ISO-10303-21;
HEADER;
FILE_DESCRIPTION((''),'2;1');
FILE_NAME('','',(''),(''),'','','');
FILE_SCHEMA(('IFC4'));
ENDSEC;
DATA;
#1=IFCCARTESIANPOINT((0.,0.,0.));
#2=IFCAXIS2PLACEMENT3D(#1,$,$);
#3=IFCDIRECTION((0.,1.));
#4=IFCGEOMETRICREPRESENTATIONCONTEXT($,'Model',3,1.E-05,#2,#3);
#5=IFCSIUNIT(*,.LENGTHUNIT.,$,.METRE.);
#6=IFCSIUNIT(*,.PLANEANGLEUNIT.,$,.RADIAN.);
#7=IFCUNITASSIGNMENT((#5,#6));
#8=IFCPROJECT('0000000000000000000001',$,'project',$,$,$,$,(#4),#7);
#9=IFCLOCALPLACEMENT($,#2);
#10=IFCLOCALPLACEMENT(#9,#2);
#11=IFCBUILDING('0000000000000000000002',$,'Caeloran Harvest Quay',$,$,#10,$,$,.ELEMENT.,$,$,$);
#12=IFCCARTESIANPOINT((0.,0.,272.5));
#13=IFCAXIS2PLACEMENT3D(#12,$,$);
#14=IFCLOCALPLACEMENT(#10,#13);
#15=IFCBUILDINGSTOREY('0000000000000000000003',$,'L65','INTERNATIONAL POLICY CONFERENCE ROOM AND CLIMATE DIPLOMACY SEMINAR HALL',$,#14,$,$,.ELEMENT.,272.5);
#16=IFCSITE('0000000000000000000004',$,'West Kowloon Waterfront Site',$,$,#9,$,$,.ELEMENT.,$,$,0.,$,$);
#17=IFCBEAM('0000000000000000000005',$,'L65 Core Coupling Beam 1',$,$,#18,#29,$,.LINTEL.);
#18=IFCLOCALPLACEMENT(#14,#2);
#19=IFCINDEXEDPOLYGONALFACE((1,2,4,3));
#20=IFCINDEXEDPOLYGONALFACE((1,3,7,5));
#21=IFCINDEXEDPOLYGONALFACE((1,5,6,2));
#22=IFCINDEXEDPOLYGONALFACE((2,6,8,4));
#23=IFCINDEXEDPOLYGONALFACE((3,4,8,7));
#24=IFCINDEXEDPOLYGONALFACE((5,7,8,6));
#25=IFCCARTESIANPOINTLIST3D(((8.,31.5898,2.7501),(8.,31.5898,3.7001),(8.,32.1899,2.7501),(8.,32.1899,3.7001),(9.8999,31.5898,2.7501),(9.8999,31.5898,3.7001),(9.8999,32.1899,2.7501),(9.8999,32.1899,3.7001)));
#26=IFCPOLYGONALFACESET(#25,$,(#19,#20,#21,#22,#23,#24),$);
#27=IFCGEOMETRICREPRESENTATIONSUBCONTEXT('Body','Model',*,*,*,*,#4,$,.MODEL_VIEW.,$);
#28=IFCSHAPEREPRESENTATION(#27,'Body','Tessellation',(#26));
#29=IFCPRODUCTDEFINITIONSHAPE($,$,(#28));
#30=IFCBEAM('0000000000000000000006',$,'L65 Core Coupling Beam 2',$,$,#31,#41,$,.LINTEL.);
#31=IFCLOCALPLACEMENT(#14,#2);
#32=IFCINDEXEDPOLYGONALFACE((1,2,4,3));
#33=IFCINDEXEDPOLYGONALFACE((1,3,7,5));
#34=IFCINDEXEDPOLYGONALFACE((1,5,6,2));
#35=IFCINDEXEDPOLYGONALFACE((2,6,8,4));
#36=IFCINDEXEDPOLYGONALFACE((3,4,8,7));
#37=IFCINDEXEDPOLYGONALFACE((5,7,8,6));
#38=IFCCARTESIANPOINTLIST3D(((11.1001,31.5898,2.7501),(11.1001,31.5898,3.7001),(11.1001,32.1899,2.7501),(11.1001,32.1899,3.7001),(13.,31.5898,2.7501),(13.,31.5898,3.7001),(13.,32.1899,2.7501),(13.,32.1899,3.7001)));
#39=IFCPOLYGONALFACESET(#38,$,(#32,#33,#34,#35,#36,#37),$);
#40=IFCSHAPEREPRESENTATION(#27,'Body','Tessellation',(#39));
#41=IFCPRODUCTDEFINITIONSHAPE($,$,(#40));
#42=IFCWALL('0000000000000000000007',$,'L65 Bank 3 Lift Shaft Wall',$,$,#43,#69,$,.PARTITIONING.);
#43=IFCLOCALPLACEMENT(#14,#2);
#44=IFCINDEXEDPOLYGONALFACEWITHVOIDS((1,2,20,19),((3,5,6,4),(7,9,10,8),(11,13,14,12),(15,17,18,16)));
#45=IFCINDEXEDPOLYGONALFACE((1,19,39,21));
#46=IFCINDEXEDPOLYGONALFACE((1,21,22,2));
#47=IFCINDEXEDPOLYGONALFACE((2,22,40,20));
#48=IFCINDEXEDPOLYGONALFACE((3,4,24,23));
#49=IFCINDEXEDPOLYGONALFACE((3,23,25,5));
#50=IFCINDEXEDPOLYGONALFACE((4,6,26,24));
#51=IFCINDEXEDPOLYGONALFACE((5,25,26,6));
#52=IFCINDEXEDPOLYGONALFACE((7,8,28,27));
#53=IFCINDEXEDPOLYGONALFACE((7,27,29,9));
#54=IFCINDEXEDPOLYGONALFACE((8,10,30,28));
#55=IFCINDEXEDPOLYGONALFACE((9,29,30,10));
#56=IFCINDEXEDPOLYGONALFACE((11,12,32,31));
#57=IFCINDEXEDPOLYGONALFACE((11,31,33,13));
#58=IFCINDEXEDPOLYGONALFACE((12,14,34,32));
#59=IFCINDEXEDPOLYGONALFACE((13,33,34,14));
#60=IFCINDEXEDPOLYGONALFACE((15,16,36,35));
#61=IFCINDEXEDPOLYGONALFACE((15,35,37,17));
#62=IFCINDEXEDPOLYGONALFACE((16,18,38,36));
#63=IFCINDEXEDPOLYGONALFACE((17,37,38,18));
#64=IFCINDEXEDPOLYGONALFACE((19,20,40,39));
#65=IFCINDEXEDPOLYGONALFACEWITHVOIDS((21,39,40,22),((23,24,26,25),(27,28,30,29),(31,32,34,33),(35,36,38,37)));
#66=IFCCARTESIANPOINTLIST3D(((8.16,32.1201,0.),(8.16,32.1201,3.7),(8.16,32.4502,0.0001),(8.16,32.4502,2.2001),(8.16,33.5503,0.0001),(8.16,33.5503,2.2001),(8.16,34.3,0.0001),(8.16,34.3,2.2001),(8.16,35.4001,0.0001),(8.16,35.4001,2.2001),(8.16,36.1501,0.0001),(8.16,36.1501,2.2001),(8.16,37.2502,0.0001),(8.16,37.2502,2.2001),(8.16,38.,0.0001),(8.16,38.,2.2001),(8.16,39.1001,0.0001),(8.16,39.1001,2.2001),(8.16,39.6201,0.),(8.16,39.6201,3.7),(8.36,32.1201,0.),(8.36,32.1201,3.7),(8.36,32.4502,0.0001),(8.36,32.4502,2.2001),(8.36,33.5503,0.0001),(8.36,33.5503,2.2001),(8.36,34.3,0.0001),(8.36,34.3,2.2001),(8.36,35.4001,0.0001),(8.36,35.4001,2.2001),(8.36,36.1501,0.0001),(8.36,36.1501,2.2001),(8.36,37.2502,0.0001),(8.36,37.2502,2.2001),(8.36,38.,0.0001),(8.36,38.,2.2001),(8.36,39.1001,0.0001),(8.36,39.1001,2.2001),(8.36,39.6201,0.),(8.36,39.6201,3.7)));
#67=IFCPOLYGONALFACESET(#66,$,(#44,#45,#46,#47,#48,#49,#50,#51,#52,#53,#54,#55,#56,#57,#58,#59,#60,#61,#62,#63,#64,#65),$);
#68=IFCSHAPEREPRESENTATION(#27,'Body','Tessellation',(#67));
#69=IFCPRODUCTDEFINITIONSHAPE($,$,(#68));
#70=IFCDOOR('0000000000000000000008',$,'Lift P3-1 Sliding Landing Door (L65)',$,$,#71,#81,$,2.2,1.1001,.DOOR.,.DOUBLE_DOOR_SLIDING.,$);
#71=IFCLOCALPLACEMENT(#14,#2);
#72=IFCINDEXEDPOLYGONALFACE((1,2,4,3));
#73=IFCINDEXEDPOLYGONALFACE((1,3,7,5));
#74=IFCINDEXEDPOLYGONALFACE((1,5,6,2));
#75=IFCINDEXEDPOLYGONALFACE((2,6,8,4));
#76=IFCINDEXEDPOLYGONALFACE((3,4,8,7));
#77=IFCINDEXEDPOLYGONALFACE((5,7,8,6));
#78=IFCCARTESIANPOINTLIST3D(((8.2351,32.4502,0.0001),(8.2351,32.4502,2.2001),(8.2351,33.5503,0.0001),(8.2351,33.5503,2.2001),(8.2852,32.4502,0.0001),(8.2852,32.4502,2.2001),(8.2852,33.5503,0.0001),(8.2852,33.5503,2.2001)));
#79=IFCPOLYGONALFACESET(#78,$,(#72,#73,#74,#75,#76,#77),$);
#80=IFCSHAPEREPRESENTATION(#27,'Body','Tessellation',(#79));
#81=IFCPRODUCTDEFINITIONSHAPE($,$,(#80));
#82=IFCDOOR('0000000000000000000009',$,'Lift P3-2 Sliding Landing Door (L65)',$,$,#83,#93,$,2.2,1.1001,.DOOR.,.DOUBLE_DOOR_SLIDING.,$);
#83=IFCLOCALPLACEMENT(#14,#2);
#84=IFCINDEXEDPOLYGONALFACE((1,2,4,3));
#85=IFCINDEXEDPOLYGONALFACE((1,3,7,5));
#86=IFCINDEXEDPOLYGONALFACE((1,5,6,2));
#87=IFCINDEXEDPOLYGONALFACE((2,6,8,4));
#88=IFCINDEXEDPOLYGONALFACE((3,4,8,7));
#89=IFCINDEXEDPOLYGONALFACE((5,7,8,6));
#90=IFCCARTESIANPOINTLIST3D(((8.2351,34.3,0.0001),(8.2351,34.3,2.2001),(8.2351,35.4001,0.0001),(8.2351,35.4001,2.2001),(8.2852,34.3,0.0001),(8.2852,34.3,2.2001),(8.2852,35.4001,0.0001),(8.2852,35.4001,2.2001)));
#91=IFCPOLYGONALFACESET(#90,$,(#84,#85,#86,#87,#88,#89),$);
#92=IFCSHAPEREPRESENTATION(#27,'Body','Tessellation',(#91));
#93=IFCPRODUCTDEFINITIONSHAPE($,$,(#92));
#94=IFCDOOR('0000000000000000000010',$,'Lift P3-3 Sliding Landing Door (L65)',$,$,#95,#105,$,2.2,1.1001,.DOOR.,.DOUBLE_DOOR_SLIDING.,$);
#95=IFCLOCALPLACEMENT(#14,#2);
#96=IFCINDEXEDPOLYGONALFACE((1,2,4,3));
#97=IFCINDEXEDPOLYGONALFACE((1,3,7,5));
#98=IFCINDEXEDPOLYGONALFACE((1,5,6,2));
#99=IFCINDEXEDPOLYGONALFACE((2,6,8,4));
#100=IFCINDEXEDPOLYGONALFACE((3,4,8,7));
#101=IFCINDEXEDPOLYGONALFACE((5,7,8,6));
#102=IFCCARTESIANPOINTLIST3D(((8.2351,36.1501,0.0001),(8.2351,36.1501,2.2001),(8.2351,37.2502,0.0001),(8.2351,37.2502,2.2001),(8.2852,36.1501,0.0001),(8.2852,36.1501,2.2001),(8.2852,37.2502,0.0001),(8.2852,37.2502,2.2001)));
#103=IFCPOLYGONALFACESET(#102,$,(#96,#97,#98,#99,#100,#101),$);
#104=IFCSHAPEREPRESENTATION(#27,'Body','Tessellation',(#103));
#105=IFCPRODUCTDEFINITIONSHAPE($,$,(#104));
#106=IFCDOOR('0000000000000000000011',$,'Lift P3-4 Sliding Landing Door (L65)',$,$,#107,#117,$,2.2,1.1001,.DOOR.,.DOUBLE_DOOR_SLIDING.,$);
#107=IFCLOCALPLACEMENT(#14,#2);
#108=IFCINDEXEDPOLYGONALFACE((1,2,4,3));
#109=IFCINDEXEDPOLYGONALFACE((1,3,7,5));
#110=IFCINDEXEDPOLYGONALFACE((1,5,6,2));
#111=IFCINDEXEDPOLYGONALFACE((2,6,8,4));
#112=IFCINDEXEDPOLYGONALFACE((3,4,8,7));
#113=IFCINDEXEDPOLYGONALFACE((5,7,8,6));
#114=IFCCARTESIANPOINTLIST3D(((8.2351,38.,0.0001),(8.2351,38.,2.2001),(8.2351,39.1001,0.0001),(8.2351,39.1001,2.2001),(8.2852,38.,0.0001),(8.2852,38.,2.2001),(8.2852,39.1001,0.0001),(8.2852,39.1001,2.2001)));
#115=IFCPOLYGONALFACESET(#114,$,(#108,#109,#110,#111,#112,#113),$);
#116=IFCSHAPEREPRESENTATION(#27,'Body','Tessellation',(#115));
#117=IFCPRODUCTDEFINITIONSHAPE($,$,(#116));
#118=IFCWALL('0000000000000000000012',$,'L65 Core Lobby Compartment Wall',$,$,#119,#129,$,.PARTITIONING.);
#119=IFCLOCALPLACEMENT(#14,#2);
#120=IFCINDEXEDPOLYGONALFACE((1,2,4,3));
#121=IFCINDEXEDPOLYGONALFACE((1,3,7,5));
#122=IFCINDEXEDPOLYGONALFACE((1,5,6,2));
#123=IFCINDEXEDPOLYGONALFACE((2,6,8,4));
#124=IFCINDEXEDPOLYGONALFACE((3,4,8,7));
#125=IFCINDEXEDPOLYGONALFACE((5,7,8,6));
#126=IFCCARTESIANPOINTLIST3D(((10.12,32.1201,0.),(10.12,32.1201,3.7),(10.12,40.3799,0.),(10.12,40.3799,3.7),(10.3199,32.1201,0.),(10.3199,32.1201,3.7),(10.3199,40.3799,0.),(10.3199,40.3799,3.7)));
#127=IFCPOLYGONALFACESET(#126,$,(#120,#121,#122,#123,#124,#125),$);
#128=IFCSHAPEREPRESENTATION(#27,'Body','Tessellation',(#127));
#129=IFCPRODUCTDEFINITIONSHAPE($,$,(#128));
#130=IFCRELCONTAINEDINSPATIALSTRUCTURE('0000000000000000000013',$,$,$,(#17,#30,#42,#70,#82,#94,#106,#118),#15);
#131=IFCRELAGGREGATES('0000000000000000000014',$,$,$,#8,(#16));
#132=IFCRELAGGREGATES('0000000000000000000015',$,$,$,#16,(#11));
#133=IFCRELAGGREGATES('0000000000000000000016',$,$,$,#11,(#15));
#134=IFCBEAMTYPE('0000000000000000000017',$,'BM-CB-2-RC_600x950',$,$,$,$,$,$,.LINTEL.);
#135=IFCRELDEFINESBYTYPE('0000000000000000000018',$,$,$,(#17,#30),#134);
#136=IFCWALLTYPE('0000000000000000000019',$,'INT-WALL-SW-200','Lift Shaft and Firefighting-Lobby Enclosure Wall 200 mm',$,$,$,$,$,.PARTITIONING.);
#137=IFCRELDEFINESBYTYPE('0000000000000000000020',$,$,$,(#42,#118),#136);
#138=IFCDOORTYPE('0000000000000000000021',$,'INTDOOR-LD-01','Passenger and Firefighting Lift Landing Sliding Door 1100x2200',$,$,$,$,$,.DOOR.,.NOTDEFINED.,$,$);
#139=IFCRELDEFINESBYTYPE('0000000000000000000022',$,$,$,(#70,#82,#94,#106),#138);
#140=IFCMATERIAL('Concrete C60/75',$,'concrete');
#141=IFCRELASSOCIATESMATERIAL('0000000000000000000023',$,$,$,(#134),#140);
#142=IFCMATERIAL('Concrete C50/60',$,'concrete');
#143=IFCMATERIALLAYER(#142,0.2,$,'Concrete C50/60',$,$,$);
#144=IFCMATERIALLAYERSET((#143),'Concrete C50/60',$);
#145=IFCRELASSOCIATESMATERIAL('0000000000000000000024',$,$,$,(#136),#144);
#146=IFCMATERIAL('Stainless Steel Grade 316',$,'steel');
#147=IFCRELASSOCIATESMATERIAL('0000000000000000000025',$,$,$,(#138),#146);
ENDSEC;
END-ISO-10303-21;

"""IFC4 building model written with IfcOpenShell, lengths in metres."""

from ifc_helpers import new_model, si_unit, direction, frame, frame_2d, origin, origin_2d, place, context, subcontext, project, spatial, rectangle, extrude, material, layer, layer_set, material_profile, profile_set, type_object, element, fill, save


model = new_model("IFC4")

# Units and contexts
model_context = context("Model", 3, precision=1e-05, world=origin(), true_north=direction((0.0, 1.0)))
body_context = subcontext(model_context, "Body", "Model", "MODEL_VIEW")
ifc_project = project(units=[si_unit("LENGTHUNIT", "METRE"), si_unit("PLANEANGLEUNIT", "RADIAN")], contexts=[model_context])

# Site, building, storey
site_placement = place(None, origin())
site = spatial("IfcSite", under=ifc_project, at=site_placement, Name="West Kowloon Waterfront Site", CompositionType="ELEMENT", RefElevation=0.0)
building_placement = place(site_placement, origin())
building = spatial("IfcBuilding", under=site, at=building_placement, Name="Caeloran Harvest Quay", CompositionType="ELEMENT")
storey_placement = place(building_placement, frame((0.0, 0.0, 272.5)))
storey = spatial("IfcBuildingStorey", under=building, at=storey_placement, Name="L65", Description="INTERNATIONAL POLICY CONFERENCE ROOM AND CLIMATE DIPLOMACY SEMINAR HALL", CompositionType="ELEMENT", Elevation=272.5)

# Beams
ifc_material_1 = material(Name="Concrete C60/75", Category="concrete")
ifc_material_profile = material_profile(ifc_material_1, rectangle(XDim=0.6001, YDim=0.95, at=origin_2d()), Name="RC 600x950")
ifc_profile_set = profile_set([ifc_material_profile], Name="Concrete C60/75")
beam_type = type_object("IfcBeamType", Name="BM-CB-2-RC_600x950", PredefinedType="LINTEL", material=ifc_profile_set)
for number, where, z_axis, x_axis, name in (
    (1, (8.0, 31.8899, 3.2251), (1.0, 0.0, 0.0), (0.0, 1.0, 0.0), "L65 Core Coupling Beam 1"),
    (2, (11.1001, 31.8899, 3.2251), (1.0, 0.0, 0.0), (0.0, 1.0, 0.0), "L65 Core Coupling Beam 2"),
):
    element("IfcBeam", number, at=place(storey_placement, frame(where, z_axis=z_axis, x_axis=x_axis)), inside=storey, type_object=beam_type, Name=name, PredefinedType="LINTEL", context=body_context, shape_type="SweptSolid", body=[
        extrude(rectangle(XDim=0.6001, YDim=0.95, at=origin_2d()), origin(), (0.0, 0.0, 1.0), 1.8999),
    ])

# Wall, openings, doors
ifc_material_2 = material(Name="Concrete C50/60", Category="concrete")
ifc_layer_1 = layer(ifc_material_2, 0.2, Name="Concrete C50/60")
ifc_layer_set_1 = layer_set([ifc_layer_1], Name="Concrete C50/60")
wall_type_1 = type_object("IfcWallType", Name="INT-WALL-SW-200", Description="Lift Shaft and Firefighting-Lobby Enclosure Wall 200 mm", PredefinedType="PARTITIONING", material=ifc_layer_set_1)
wall_1_placement = place(storey_placement, frame((8.26, 32.1201, 0.0), z_axis=(0.0, 0.0, 1.0), x_axis=(0.0, 1.0, 0.0)))
wall_1 = element("IfcWall", 3, at=wall_1_placement, inside=storey, type_object=wall_type_1, Name="L65 Bank 3 Lift Shaft Wall", PredefinedType="PARTITIONING", context=body_context, shape_type="SweptSolid", body=[
    extrude(rectangle(XDim=7.5, YDim=0.2, at=frame_2d((3.75, 0.0))), origin(), (0.0, 0.0, 1.0), 3.7),
])
opening_1_placement = place(wall_1_placement, frame((0.3301, 0.0, 0.0)))
opening_1 = element("IfcOpeningElement", 4, at=opening_1_placement, cuts=wall_1, PredefinedType="OPENING", context=body_context, shape_type="SweptSolid", body=[
    extrude(rectangle(XDim=1.1001, YDim=2.2, at=frame_2d((0.55, 1.1001))), frame((0.0, 0.1099, 0.0), z_axis=(0.0, -1.0, 0.0), x_axis=(1.0, 0.0, 0.0)), (0.0, 0.0, 1.0), 0.22),
])
opening_2_placement = place(wall_1_placement, frame((2.1799, 0.0, 0.0)))
opening_2 = element("IfcOpeningElement", 5, at=opening_2_placement, cuts=wall_1, PredefinedType="OPENING", context=body_context, shape_type="SweptSolid", body=[
    extrude(rectangle(XDim=1.1001, YDim=2.2, at=frame_2d((0.55, 1.1001))), frame((0.0, 0.1099, 0.0), z_axis=(0.0, -1.0, 0.0), x_axis=(1.0, 0.0, 0.0)), (0.0, 0.0, 1.0), 0.22),
])
opening_3_placement = place(wall_1_placement, frame((4.03, 0.0, 0.0)))
opening_3 = element("IfcOpeningElement", 6, at=opening_3_placement, cuts=wall_1, PredefinedType="OPENING", context=body_context, shape_type="SweptSolid", body=[
    extrude(rectangle(XDim=1.1001, YDim=2.2, at=frame_2d((0.55, 1.1001))), frame((0.0, 0.1099, 0.0), z_axis=(0.0, -1.0, 0.0), x_axis=(1.0, 0.0, 0.0)), (0.0, 0.0, 1.0), 0.22),
])
opening_4_placement = place(wall_1_placement, frame((5.8799, 0.0, 0.0)))
opening_4 = element("IfcOpeningElement", 7, at=opening_4_placement, cuts=wall_1, PredefinedType="OPENING", context=body_context, shape_type="SweptSolid", body=[
    extrude(rectangle(XDim=1.1001, YDim=2.2, at=frame_2d((0.55, 1.1001))), frame((0.0, 0.1099, 0.0), z_axis=(0.0, -1.0, 0.0), x_axis=(1.0, 0.0, 0.0)), (0.0, 0.0, 1.0), 0.22),
])
ifc_material_3 = material(Name="Stainless Steel Grade 316", Category="steel")
door_type_1 = type_object("IfcDoorType", Name="INTDOOR-LD-01", Description="Passenger and Firefighting Lift Landing Sliding Door 1100x2200", OperationType="NOTDEFINED", PredefinedType="DOOR", material=ifc_material_3)
door_1_placement = place(opening_1_placement, origin())
door_1 = element("IfcDoor", 8, at=door_1_placement, inside=storey, type_object=door_type_1, Name="Lift P3-1 Sliding Landing Door (L65)", OperationType="DOUBLE_DOOR_SLIDING", OverallHeight=2.2, OverallWidth=1.1001, PredefinedType="DOOR", context=body_context, shape_type="SweptSolid", body=[
    extrude(rectangle(XDim=1.1001, YDim=2.2, at=frame_2d((0.55, 1.1001))), frame((0.0, 0.0249, 0.0), z_axis=(0.0, -1.0, 0.0), x_axis=(1.0, 0.0, 0.0)), (0.0, 0.0, 1.0), 0.05),
])
fill(opening_1, door_1)
door_2_placement = place(opening_2_placement, origin())
door_2 = element("IfcDoor", 9, at=door_2_placement, inside=storey, type_object=door_type_1, Name="Lift P3-2 Sliding Landing Door (L65)", OperationType="DOUBLE_DOOR_SLIDING", OverallHeight=2.2, OverallWidth=1.1001, PredefinedType="DOOR", context=body_context, shape_type="SweptSolid", body=[
    extrude(rectangle(XDim=1.1001, YDim=2.2, at=frame_2d((0.55, 1.1001))), frame((0.0, 0.0249, 0.0), z_axis=(0.0, -1.0, 0.0), x_axis=(1.0, 0.0, 0.0)), (0.0, 0.0, 1.0), 0.05),
])
fill(opening_2, door_2)
door_3_placement = place(opening_3_placement, origin())
door_3 = element("IfcDoor", 10, at=door_3_placement, inside=storey, type_object=door_type_1, Name="Lift P3-3 Sliding Landing Door (L65)", OperationType="DOUBLE_DOOR_SLIDING", OverallHeight=2.2, OverallWidth=1.1001, PredefinedType="DOOR", context=body_context, shape_type="SweptSolid", body=[
    extrude(rectangle(XDim=1.1001, YDim=2.2, at=frame_2d((0.55, 1.1001))), frame((0.0, 0.0249, 0.0), z_axis=(0.0, -1.0, 0.0), x_axis=(1.0, 0.0, 0.0)), (0.0, 0.0, 1.0), 0.05),
])
fill(opening_3, door_3)
door_4_placement = place(opening_4_placement, origin())
door_4 = element("IfcDoor", 11, at=door_4_placement, inside=storey, type_object=door_type_1, Name="Lift P3-4 Sliding Landing Door (L65)", OperationType="DOUBLE_DOOR_SLIDING", OverallHeight=2.2, OverallWidth=1.1001, PredefinedType="DOOR", context=body_context, shape_type="SweptSolid", body=[
    extrude(rectangle(XDim=1.1001, YDim=2.2, at=frame_2d((0.55, 1.1001))), frame((0.0, 0.0249, 0.0), z_axis=(0.0, -1.0, 0.0), x_axis=(1.0, 0.0, 0.0)), (0.0, 0.0, 1.0), 0.05),
])
fill(opening_4, door_4)

# Wall
wall_2_placement = place(storey_placement, frame((10.22, 32.1201, 0.0), z_axis=(0.0, 0.0, 1.0), x_axis=(0.0, 1.0, 0.0)))
element("IfcWall", 12, at=wall_2_placement, inside=storey, type_object=wall_type_1, Name="L65 Core Lobby Compartment Wall", PredefinedType="PARTITIONING", context=body_context, shape_type="SweptSolid", body=[
    extrude(rectangle(XDim=8.2598, YDim=0.2, at=frame_2d((4.1299, 0.0))), origin(), (0.0, 0.0, 1.0), 3.7),
])

save(model, "model.ifc")
